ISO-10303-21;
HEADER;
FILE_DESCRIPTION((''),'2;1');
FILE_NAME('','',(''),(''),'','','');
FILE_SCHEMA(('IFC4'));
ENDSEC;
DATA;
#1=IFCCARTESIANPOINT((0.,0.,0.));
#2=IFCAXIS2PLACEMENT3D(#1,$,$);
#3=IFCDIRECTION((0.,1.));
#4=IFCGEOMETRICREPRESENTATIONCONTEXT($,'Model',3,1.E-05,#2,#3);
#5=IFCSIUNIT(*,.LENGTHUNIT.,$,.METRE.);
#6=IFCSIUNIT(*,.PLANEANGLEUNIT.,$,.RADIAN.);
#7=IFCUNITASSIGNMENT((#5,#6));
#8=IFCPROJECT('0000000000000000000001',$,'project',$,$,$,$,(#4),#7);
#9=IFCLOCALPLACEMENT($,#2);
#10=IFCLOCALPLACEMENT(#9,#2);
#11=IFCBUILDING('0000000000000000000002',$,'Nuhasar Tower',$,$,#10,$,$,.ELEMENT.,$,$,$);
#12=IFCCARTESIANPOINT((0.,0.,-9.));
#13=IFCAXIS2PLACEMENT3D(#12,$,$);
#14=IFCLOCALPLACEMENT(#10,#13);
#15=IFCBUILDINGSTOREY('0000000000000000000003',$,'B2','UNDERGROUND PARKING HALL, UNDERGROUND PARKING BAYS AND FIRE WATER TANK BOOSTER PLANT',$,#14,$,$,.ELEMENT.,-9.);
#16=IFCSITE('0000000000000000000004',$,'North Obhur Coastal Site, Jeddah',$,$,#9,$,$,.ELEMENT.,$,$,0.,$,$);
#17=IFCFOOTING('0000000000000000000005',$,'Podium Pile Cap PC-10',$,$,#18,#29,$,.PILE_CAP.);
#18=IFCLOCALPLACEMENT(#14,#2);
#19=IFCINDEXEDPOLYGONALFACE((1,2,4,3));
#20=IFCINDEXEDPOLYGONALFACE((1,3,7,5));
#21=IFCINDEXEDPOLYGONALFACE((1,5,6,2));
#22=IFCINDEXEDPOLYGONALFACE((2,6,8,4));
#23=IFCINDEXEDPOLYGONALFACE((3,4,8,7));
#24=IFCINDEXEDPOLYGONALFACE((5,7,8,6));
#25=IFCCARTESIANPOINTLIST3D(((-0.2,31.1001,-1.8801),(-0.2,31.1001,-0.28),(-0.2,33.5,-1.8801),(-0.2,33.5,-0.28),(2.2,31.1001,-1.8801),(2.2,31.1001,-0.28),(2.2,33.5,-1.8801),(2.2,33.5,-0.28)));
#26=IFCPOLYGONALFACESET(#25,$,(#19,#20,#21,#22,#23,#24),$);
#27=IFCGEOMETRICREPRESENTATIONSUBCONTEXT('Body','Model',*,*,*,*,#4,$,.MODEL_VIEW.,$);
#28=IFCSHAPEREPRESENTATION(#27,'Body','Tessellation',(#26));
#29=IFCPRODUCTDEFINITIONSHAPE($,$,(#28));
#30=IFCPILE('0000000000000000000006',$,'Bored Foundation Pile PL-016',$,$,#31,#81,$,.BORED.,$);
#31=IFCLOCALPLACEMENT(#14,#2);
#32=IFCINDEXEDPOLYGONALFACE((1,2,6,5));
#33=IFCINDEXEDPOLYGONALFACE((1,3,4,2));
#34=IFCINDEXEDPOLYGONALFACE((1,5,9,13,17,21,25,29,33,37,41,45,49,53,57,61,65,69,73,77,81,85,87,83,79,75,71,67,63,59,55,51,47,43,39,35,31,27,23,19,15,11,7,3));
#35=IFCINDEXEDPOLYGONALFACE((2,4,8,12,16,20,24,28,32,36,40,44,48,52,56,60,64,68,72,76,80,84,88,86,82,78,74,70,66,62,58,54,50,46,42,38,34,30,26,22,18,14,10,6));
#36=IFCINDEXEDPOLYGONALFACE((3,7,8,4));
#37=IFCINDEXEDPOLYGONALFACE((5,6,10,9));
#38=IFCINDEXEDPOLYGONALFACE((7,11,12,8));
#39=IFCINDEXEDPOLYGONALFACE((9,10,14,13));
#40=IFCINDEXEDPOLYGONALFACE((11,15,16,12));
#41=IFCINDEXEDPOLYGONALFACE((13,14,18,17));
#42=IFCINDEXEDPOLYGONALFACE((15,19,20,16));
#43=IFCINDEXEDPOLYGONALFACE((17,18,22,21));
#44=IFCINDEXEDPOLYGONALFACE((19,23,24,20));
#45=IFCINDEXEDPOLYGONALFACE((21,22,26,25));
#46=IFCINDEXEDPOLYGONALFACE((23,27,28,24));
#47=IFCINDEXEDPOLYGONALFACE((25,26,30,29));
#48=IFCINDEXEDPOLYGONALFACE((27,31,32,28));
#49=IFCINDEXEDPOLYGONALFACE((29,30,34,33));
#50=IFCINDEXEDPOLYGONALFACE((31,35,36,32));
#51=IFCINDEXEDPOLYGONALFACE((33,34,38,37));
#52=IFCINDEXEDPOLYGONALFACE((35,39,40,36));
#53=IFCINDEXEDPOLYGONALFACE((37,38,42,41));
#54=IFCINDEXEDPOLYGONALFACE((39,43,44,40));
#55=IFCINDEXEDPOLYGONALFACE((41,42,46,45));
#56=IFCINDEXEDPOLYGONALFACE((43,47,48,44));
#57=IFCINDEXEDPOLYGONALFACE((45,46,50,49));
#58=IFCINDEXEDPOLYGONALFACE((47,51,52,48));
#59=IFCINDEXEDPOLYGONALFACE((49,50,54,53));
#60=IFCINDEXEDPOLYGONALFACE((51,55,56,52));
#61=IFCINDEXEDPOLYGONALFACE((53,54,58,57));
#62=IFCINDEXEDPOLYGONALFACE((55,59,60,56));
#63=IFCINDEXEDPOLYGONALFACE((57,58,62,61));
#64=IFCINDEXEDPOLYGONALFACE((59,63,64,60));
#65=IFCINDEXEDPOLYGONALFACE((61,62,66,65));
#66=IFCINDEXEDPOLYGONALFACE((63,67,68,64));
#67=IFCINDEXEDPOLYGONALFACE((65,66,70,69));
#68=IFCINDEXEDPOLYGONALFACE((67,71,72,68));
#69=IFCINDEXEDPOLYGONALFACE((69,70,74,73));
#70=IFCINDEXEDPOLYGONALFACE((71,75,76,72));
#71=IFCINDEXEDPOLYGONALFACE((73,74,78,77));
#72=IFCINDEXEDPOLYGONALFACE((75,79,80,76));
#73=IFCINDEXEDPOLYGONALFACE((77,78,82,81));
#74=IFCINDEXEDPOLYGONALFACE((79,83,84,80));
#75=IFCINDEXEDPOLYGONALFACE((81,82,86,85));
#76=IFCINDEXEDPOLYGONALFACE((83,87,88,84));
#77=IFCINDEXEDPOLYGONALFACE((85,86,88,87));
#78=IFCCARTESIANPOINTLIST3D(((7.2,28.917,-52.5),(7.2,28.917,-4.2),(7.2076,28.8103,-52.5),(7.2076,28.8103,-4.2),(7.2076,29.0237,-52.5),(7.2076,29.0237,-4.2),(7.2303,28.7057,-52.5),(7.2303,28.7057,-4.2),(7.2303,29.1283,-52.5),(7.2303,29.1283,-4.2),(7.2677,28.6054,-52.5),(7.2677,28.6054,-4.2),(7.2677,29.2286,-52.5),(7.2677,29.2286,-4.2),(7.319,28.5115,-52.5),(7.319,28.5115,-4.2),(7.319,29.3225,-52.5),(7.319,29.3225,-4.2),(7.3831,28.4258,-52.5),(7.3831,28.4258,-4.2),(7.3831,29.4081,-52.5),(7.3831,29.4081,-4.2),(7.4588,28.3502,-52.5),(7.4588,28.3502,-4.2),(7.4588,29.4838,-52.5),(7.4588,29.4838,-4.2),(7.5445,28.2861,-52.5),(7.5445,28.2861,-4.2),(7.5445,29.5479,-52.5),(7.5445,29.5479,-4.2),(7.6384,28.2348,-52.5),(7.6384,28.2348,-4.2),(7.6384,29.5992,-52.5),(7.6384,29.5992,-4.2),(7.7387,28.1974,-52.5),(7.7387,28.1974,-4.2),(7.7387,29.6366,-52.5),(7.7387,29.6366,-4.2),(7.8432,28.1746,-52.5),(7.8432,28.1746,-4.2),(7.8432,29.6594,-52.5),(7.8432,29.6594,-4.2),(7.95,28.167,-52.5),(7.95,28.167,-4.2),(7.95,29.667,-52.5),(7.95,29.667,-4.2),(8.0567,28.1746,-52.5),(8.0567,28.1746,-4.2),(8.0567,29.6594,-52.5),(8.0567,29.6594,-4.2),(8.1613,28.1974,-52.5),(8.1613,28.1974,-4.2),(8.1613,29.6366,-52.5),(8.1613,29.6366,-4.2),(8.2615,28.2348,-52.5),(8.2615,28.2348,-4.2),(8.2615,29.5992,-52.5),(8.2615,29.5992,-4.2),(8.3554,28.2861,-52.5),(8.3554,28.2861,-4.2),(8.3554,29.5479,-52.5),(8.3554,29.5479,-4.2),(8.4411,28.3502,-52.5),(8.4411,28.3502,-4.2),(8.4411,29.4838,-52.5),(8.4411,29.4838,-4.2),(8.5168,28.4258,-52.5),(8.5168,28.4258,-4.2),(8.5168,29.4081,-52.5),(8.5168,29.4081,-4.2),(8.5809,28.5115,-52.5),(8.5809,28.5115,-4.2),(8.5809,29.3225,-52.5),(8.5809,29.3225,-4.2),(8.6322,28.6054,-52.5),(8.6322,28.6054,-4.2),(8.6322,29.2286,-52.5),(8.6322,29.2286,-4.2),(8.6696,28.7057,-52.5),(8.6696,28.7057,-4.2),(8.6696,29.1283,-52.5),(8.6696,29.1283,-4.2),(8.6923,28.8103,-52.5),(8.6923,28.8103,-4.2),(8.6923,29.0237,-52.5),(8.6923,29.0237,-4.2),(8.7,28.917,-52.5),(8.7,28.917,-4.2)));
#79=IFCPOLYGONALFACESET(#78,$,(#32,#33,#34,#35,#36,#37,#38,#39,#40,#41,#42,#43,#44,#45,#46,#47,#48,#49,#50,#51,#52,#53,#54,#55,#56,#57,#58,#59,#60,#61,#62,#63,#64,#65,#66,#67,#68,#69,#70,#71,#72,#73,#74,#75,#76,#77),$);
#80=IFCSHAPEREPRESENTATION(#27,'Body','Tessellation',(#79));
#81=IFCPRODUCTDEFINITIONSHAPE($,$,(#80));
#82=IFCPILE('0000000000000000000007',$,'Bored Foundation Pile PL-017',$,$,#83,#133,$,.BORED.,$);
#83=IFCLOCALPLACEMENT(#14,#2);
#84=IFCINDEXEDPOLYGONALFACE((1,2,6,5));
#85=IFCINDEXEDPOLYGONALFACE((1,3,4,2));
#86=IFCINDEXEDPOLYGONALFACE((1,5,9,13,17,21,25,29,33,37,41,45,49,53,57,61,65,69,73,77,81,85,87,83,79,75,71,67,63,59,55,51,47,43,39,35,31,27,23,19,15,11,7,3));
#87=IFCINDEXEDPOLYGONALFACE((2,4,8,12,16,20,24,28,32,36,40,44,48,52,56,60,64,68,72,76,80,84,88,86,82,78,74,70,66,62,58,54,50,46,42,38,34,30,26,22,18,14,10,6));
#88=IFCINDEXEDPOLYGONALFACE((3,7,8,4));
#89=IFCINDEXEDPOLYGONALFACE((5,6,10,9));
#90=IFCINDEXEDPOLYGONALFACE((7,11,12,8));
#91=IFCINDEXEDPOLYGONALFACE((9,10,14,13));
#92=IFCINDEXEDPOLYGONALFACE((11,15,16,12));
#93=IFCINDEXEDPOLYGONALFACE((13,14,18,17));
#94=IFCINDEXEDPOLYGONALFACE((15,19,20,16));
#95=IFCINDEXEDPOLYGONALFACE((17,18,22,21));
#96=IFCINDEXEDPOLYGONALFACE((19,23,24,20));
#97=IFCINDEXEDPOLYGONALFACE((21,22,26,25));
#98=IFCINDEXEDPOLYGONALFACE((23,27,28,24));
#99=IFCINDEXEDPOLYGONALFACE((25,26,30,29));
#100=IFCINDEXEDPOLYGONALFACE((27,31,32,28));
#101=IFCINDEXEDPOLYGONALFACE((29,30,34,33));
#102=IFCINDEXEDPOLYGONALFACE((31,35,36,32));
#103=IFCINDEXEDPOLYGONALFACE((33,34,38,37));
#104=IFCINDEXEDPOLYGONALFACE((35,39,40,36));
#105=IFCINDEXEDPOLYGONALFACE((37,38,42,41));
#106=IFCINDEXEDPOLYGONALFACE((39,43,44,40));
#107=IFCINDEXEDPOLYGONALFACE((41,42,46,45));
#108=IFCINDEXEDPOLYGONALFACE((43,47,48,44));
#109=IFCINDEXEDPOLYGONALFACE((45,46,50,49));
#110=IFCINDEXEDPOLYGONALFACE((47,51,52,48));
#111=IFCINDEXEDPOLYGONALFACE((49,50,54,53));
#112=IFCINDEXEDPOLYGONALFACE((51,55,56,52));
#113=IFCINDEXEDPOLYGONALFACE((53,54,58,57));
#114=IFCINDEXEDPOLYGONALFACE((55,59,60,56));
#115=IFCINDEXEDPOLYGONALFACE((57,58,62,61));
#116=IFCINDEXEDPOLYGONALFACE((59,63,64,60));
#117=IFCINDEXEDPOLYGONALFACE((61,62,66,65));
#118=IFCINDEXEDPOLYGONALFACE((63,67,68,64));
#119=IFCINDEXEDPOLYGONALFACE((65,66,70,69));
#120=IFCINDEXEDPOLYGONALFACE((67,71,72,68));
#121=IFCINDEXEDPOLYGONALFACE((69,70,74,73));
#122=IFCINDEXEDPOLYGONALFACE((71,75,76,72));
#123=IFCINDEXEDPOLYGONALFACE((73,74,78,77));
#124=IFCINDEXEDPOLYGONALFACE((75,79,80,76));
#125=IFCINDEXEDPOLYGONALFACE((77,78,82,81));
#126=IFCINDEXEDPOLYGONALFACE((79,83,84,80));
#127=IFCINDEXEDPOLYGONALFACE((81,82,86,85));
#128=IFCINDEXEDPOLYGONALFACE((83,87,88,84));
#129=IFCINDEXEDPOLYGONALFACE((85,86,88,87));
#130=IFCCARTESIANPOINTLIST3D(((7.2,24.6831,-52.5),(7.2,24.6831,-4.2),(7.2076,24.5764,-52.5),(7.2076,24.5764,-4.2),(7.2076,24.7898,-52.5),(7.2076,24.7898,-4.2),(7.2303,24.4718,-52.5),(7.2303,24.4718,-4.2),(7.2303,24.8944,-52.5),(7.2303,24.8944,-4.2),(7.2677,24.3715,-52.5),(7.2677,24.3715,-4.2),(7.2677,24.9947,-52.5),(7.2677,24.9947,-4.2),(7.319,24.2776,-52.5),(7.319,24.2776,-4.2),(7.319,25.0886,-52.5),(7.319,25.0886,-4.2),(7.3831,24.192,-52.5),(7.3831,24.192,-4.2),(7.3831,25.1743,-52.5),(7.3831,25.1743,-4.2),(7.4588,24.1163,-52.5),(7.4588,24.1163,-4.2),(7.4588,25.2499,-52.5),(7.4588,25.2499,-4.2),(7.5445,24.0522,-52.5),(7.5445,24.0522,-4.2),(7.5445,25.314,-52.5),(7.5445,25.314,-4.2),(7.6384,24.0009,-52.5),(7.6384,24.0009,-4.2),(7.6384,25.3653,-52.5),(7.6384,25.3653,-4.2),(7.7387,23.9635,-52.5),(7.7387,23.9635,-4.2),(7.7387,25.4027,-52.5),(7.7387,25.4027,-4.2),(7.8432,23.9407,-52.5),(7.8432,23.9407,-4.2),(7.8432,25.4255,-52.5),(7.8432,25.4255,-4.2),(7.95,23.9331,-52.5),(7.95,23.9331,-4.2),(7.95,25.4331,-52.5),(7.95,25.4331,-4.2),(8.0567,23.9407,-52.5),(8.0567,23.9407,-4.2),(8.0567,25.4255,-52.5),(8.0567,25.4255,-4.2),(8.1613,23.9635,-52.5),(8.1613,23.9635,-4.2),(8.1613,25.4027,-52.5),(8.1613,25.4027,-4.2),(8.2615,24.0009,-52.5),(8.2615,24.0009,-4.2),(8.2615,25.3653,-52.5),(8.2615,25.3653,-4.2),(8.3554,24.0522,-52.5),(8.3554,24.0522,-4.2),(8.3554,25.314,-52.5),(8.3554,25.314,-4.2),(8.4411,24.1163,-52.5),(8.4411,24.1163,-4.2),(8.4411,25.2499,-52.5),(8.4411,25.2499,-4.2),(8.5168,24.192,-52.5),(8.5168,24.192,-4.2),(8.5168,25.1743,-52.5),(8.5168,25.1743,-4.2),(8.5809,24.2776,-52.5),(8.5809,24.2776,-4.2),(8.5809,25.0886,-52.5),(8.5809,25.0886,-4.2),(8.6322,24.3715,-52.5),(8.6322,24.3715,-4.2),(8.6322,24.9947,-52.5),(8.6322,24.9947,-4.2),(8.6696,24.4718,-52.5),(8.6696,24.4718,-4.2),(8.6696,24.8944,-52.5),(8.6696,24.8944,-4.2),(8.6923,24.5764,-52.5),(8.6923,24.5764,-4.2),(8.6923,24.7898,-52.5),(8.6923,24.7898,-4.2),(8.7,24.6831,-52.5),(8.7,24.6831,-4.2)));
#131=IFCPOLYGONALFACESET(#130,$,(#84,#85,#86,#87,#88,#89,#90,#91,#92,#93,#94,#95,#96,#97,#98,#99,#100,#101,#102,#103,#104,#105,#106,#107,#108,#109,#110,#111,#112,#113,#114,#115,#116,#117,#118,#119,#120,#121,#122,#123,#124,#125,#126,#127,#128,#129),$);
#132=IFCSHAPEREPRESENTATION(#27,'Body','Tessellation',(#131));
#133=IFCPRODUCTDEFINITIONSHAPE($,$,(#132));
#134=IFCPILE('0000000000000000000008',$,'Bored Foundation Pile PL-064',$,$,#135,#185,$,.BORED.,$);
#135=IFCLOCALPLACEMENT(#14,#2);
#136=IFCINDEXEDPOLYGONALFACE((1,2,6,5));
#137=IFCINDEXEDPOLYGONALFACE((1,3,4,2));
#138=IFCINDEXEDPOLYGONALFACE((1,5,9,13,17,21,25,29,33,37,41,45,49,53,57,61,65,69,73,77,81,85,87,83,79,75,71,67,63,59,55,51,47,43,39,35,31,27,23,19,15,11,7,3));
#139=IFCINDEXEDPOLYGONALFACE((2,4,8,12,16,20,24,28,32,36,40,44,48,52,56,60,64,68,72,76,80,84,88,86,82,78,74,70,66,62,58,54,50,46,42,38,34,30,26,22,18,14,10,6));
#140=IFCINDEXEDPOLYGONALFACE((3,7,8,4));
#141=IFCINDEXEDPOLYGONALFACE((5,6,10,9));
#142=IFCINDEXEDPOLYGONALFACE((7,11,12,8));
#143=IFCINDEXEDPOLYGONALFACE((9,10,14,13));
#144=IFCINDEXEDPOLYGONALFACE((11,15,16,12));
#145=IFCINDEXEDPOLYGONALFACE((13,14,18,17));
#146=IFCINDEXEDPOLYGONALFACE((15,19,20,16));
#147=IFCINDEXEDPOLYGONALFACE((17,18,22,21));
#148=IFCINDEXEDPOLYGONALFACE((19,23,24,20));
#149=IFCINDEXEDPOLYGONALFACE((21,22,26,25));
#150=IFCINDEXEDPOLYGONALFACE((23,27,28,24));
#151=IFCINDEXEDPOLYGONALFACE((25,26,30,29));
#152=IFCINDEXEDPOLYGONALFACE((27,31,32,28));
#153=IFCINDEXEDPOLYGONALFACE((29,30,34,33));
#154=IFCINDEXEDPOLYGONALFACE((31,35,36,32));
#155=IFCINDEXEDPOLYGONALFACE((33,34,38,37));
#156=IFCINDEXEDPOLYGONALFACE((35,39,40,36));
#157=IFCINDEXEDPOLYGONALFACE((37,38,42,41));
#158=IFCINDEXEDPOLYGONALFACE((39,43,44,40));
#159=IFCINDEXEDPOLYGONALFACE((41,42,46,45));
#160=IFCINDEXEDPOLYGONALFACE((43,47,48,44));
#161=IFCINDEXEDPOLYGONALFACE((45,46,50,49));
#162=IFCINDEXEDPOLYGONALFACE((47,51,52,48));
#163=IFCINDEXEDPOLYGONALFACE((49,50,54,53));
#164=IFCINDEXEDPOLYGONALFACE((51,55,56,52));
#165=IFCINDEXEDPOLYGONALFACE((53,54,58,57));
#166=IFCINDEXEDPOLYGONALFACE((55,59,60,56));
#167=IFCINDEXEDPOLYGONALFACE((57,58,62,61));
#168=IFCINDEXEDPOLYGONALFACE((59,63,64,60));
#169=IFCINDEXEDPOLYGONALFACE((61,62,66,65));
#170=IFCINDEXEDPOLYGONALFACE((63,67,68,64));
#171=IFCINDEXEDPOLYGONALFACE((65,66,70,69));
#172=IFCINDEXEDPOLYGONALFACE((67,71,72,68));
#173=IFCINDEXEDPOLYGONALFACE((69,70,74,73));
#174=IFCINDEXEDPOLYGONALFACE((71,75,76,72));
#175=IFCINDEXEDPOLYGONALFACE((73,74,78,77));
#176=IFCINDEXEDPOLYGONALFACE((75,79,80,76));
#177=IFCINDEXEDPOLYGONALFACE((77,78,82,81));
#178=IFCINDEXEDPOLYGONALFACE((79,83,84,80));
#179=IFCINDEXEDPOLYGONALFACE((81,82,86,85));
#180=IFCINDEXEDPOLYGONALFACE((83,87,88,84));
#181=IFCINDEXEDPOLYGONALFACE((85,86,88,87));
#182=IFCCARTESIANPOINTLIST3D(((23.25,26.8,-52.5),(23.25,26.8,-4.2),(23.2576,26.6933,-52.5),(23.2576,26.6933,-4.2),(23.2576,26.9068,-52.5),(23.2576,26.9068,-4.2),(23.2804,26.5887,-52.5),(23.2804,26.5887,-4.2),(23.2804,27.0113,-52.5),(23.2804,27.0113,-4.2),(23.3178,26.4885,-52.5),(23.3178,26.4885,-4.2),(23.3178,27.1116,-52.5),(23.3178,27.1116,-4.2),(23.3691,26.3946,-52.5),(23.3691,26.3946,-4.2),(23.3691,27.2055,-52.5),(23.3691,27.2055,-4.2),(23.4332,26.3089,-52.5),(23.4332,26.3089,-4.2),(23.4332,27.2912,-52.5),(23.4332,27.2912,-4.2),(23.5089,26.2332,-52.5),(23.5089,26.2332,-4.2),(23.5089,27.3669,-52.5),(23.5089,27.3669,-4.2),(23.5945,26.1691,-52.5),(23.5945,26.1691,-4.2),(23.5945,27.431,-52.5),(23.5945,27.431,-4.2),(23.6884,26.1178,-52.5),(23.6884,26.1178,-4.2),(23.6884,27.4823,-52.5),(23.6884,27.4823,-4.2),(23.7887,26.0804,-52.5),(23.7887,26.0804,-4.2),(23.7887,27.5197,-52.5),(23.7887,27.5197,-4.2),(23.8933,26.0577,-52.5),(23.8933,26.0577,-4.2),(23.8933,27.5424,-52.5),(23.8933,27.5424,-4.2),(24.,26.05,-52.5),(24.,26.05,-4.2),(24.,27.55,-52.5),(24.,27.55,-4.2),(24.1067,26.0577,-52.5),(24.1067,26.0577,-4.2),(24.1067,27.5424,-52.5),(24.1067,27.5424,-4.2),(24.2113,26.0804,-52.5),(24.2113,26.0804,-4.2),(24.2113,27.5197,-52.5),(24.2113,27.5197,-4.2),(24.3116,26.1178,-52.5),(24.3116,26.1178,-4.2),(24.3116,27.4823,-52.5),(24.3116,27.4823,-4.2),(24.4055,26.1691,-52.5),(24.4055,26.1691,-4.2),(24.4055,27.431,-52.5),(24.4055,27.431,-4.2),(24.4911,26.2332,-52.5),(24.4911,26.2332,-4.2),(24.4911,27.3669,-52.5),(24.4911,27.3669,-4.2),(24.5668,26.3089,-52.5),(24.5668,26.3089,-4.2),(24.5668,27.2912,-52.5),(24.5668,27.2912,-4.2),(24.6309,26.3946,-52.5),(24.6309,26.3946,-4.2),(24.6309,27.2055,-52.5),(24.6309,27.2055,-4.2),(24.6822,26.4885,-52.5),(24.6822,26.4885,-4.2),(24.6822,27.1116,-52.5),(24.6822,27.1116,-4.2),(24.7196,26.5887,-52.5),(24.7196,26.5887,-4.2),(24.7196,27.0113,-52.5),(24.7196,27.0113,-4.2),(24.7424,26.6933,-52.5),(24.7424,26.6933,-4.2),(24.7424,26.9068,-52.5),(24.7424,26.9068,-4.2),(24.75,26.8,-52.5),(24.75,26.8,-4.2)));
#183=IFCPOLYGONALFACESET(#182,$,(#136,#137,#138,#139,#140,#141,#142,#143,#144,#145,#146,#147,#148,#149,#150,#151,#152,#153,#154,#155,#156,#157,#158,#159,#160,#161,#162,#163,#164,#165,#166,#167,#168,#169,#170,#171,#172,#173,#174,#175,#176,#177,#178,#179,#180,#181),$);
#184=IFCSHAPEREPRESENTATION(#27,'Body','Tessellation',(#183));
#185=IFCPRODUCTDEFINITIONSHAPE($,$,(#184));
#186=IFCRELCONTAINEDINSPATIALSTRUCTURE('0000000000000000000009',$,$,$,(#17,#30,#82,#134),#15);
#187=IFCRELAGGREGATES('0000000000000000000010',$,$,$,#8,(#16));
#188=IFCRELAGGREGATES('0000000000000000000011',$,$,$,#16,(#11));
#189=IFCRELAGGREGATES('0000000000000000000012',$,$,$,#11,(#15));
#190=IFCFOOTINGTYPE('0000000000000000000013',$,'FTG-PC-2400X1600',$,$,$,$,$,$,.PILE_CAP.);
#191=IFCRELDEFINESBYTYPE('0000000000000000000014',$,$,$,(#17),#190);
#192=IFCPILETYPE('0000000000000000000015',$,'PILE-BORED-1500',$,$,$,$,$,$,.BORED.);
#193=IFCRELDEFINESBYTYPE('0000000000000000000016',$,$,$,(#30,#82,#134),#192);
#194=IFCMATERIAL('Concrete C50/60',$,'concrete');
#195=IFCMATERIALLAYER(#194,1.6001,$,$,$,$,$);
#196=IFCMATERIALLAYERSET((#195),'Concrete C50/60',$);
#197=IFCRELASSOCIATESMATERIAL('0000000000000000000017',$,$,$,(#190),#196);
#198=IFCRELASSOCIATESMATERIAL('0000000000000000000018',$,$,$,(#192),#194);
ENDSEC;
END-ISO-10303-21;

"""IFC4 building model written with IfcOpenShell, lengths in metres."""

from ifc_helpers import new_model, si_unit, direction, frame, origin, origin_2d, place, context, subcontext, project, spatial, rectangle, circle, extrude, material, layer, layer_set, material_profile, profile_set, type_object, element, save


model = new_model("IFC4")

# Units and contexts
model_context = context("Model", 3, precision=1e-05, world=origin(), true_north=direction((0.0, 1.0)))
body_context = subcontext(model_context, "Body", "Model", "MODEL_VIEW")
ifc_project = project(units=[si_unit("LENGTHUNIT", "METRE"), si_unit("PLANEANGLEUNIT", "RADIAN")], contexts=[model_context])

# Site, building, storey
site_placement = place(None, origin())
site = spatial("IfcSite", under=ifc_project, at=site_placement, Name="North Obhur Coastal Site, Jeddah", CompositionType="ELEMENT", RefElevation=0.0)
building_placement = place(site_placement, origin())
building = spatial("IfcBuilding", under=site, at=building_placement, Name="Nuhasar Tower", CompositionType="ELEMENT")
storey_placement = place(building_placement, frame((0.0, 0.0, -9.0)))
storey = spatial("IfcBuildingStorey", under=building, at=storey_placement, Name="B2", Description="UNDERGROUND PARKING HALL, UNDERGROUND PARKING BAYS AND FIRE WATER TANK BOOSTER PLANT", CompositionType="ELEMENT", Elevation=-9.0)

# Footing
ifc_material_1 = material(Name="Concrete C50/60", Category="concrete")
ifc_layer_1 = layer(ifc_material_1, 1.6001)
ifc_layer_set_1 = layer_set([ifc_layer_1], Name="Concrete C50/60")
footing_type = type_object("IfcFootingType", Name="FTG-PC-2400X1600", PredefinedType="PILE_CAP", material=ifc_layer_set_1)
footing_placement = place(storey_placement, frame((1.0, 32.3, -1.8801), z_axis=(0.0, 0.0, 1.0), x_axis=(1.0, 0.0, 0.0)))
element("IfcFooting", 1, at=footing_placement, inside=storey, type_object=footing_type, Name="Podium Pile Cap PC-10", PredefinedType="PILE_CAP", context=body_context, shape_type="SweptSolid", body=[
    extrude(rectangle(XDim=2.3999, YDim=2.3999, at=origin_2d()), origin(), (0.0, 0.0, 1.0), 1.6001),
])

# Piles
ifc_material_profile_1 = material_profile(ifc_material_1, circle(Radius=0.75, at=origin_2d()), Name="PILE1500")
ifc_profile_set_1 = profile_set([ifc_material_profile_1], Name="Concrete C50/60")
pile_type_1 = type_object("IfcPileType", Name="PILE-BORED-1500", PredefinedType="BORED", material=ifc_profile_set_1)
for number, where, z_axis, x_axis, name in (
    (2, (7.95, 28.917, -4.2), (0.0, 0.0, -1.0), (1.0, 0.0, 0.0), "Bored Foundation Pile PL-016"),
    (3, (7.95, 24.6831, -4.2), (0.0, 0.0, -1.0), (1.0, 0.0, 0.0), "Bored Foundation Pile PL-017"),
    (4, (24.0, 26.8, -4.2), (0.0, 0.0, -1.0), (1.0, 0.0, 0.0), "Bored Foundation Pile PL-064"),
):
    element("IfcPile", number, at=place(storey_placement, frame(where, z_axis=z_axis, x_axis=x_axis)), inside=storey, type_object=pile_type_1, Name=name, PredefinedType="BORED", context=body_context, shape_type="SweptSolid", body=[
        extrude(circle(Radius=0.75, at=origin_2d()), origin(), (0.0, 0.0, 1.0), 48.3),
    ])

save(model, "model.ifc")
